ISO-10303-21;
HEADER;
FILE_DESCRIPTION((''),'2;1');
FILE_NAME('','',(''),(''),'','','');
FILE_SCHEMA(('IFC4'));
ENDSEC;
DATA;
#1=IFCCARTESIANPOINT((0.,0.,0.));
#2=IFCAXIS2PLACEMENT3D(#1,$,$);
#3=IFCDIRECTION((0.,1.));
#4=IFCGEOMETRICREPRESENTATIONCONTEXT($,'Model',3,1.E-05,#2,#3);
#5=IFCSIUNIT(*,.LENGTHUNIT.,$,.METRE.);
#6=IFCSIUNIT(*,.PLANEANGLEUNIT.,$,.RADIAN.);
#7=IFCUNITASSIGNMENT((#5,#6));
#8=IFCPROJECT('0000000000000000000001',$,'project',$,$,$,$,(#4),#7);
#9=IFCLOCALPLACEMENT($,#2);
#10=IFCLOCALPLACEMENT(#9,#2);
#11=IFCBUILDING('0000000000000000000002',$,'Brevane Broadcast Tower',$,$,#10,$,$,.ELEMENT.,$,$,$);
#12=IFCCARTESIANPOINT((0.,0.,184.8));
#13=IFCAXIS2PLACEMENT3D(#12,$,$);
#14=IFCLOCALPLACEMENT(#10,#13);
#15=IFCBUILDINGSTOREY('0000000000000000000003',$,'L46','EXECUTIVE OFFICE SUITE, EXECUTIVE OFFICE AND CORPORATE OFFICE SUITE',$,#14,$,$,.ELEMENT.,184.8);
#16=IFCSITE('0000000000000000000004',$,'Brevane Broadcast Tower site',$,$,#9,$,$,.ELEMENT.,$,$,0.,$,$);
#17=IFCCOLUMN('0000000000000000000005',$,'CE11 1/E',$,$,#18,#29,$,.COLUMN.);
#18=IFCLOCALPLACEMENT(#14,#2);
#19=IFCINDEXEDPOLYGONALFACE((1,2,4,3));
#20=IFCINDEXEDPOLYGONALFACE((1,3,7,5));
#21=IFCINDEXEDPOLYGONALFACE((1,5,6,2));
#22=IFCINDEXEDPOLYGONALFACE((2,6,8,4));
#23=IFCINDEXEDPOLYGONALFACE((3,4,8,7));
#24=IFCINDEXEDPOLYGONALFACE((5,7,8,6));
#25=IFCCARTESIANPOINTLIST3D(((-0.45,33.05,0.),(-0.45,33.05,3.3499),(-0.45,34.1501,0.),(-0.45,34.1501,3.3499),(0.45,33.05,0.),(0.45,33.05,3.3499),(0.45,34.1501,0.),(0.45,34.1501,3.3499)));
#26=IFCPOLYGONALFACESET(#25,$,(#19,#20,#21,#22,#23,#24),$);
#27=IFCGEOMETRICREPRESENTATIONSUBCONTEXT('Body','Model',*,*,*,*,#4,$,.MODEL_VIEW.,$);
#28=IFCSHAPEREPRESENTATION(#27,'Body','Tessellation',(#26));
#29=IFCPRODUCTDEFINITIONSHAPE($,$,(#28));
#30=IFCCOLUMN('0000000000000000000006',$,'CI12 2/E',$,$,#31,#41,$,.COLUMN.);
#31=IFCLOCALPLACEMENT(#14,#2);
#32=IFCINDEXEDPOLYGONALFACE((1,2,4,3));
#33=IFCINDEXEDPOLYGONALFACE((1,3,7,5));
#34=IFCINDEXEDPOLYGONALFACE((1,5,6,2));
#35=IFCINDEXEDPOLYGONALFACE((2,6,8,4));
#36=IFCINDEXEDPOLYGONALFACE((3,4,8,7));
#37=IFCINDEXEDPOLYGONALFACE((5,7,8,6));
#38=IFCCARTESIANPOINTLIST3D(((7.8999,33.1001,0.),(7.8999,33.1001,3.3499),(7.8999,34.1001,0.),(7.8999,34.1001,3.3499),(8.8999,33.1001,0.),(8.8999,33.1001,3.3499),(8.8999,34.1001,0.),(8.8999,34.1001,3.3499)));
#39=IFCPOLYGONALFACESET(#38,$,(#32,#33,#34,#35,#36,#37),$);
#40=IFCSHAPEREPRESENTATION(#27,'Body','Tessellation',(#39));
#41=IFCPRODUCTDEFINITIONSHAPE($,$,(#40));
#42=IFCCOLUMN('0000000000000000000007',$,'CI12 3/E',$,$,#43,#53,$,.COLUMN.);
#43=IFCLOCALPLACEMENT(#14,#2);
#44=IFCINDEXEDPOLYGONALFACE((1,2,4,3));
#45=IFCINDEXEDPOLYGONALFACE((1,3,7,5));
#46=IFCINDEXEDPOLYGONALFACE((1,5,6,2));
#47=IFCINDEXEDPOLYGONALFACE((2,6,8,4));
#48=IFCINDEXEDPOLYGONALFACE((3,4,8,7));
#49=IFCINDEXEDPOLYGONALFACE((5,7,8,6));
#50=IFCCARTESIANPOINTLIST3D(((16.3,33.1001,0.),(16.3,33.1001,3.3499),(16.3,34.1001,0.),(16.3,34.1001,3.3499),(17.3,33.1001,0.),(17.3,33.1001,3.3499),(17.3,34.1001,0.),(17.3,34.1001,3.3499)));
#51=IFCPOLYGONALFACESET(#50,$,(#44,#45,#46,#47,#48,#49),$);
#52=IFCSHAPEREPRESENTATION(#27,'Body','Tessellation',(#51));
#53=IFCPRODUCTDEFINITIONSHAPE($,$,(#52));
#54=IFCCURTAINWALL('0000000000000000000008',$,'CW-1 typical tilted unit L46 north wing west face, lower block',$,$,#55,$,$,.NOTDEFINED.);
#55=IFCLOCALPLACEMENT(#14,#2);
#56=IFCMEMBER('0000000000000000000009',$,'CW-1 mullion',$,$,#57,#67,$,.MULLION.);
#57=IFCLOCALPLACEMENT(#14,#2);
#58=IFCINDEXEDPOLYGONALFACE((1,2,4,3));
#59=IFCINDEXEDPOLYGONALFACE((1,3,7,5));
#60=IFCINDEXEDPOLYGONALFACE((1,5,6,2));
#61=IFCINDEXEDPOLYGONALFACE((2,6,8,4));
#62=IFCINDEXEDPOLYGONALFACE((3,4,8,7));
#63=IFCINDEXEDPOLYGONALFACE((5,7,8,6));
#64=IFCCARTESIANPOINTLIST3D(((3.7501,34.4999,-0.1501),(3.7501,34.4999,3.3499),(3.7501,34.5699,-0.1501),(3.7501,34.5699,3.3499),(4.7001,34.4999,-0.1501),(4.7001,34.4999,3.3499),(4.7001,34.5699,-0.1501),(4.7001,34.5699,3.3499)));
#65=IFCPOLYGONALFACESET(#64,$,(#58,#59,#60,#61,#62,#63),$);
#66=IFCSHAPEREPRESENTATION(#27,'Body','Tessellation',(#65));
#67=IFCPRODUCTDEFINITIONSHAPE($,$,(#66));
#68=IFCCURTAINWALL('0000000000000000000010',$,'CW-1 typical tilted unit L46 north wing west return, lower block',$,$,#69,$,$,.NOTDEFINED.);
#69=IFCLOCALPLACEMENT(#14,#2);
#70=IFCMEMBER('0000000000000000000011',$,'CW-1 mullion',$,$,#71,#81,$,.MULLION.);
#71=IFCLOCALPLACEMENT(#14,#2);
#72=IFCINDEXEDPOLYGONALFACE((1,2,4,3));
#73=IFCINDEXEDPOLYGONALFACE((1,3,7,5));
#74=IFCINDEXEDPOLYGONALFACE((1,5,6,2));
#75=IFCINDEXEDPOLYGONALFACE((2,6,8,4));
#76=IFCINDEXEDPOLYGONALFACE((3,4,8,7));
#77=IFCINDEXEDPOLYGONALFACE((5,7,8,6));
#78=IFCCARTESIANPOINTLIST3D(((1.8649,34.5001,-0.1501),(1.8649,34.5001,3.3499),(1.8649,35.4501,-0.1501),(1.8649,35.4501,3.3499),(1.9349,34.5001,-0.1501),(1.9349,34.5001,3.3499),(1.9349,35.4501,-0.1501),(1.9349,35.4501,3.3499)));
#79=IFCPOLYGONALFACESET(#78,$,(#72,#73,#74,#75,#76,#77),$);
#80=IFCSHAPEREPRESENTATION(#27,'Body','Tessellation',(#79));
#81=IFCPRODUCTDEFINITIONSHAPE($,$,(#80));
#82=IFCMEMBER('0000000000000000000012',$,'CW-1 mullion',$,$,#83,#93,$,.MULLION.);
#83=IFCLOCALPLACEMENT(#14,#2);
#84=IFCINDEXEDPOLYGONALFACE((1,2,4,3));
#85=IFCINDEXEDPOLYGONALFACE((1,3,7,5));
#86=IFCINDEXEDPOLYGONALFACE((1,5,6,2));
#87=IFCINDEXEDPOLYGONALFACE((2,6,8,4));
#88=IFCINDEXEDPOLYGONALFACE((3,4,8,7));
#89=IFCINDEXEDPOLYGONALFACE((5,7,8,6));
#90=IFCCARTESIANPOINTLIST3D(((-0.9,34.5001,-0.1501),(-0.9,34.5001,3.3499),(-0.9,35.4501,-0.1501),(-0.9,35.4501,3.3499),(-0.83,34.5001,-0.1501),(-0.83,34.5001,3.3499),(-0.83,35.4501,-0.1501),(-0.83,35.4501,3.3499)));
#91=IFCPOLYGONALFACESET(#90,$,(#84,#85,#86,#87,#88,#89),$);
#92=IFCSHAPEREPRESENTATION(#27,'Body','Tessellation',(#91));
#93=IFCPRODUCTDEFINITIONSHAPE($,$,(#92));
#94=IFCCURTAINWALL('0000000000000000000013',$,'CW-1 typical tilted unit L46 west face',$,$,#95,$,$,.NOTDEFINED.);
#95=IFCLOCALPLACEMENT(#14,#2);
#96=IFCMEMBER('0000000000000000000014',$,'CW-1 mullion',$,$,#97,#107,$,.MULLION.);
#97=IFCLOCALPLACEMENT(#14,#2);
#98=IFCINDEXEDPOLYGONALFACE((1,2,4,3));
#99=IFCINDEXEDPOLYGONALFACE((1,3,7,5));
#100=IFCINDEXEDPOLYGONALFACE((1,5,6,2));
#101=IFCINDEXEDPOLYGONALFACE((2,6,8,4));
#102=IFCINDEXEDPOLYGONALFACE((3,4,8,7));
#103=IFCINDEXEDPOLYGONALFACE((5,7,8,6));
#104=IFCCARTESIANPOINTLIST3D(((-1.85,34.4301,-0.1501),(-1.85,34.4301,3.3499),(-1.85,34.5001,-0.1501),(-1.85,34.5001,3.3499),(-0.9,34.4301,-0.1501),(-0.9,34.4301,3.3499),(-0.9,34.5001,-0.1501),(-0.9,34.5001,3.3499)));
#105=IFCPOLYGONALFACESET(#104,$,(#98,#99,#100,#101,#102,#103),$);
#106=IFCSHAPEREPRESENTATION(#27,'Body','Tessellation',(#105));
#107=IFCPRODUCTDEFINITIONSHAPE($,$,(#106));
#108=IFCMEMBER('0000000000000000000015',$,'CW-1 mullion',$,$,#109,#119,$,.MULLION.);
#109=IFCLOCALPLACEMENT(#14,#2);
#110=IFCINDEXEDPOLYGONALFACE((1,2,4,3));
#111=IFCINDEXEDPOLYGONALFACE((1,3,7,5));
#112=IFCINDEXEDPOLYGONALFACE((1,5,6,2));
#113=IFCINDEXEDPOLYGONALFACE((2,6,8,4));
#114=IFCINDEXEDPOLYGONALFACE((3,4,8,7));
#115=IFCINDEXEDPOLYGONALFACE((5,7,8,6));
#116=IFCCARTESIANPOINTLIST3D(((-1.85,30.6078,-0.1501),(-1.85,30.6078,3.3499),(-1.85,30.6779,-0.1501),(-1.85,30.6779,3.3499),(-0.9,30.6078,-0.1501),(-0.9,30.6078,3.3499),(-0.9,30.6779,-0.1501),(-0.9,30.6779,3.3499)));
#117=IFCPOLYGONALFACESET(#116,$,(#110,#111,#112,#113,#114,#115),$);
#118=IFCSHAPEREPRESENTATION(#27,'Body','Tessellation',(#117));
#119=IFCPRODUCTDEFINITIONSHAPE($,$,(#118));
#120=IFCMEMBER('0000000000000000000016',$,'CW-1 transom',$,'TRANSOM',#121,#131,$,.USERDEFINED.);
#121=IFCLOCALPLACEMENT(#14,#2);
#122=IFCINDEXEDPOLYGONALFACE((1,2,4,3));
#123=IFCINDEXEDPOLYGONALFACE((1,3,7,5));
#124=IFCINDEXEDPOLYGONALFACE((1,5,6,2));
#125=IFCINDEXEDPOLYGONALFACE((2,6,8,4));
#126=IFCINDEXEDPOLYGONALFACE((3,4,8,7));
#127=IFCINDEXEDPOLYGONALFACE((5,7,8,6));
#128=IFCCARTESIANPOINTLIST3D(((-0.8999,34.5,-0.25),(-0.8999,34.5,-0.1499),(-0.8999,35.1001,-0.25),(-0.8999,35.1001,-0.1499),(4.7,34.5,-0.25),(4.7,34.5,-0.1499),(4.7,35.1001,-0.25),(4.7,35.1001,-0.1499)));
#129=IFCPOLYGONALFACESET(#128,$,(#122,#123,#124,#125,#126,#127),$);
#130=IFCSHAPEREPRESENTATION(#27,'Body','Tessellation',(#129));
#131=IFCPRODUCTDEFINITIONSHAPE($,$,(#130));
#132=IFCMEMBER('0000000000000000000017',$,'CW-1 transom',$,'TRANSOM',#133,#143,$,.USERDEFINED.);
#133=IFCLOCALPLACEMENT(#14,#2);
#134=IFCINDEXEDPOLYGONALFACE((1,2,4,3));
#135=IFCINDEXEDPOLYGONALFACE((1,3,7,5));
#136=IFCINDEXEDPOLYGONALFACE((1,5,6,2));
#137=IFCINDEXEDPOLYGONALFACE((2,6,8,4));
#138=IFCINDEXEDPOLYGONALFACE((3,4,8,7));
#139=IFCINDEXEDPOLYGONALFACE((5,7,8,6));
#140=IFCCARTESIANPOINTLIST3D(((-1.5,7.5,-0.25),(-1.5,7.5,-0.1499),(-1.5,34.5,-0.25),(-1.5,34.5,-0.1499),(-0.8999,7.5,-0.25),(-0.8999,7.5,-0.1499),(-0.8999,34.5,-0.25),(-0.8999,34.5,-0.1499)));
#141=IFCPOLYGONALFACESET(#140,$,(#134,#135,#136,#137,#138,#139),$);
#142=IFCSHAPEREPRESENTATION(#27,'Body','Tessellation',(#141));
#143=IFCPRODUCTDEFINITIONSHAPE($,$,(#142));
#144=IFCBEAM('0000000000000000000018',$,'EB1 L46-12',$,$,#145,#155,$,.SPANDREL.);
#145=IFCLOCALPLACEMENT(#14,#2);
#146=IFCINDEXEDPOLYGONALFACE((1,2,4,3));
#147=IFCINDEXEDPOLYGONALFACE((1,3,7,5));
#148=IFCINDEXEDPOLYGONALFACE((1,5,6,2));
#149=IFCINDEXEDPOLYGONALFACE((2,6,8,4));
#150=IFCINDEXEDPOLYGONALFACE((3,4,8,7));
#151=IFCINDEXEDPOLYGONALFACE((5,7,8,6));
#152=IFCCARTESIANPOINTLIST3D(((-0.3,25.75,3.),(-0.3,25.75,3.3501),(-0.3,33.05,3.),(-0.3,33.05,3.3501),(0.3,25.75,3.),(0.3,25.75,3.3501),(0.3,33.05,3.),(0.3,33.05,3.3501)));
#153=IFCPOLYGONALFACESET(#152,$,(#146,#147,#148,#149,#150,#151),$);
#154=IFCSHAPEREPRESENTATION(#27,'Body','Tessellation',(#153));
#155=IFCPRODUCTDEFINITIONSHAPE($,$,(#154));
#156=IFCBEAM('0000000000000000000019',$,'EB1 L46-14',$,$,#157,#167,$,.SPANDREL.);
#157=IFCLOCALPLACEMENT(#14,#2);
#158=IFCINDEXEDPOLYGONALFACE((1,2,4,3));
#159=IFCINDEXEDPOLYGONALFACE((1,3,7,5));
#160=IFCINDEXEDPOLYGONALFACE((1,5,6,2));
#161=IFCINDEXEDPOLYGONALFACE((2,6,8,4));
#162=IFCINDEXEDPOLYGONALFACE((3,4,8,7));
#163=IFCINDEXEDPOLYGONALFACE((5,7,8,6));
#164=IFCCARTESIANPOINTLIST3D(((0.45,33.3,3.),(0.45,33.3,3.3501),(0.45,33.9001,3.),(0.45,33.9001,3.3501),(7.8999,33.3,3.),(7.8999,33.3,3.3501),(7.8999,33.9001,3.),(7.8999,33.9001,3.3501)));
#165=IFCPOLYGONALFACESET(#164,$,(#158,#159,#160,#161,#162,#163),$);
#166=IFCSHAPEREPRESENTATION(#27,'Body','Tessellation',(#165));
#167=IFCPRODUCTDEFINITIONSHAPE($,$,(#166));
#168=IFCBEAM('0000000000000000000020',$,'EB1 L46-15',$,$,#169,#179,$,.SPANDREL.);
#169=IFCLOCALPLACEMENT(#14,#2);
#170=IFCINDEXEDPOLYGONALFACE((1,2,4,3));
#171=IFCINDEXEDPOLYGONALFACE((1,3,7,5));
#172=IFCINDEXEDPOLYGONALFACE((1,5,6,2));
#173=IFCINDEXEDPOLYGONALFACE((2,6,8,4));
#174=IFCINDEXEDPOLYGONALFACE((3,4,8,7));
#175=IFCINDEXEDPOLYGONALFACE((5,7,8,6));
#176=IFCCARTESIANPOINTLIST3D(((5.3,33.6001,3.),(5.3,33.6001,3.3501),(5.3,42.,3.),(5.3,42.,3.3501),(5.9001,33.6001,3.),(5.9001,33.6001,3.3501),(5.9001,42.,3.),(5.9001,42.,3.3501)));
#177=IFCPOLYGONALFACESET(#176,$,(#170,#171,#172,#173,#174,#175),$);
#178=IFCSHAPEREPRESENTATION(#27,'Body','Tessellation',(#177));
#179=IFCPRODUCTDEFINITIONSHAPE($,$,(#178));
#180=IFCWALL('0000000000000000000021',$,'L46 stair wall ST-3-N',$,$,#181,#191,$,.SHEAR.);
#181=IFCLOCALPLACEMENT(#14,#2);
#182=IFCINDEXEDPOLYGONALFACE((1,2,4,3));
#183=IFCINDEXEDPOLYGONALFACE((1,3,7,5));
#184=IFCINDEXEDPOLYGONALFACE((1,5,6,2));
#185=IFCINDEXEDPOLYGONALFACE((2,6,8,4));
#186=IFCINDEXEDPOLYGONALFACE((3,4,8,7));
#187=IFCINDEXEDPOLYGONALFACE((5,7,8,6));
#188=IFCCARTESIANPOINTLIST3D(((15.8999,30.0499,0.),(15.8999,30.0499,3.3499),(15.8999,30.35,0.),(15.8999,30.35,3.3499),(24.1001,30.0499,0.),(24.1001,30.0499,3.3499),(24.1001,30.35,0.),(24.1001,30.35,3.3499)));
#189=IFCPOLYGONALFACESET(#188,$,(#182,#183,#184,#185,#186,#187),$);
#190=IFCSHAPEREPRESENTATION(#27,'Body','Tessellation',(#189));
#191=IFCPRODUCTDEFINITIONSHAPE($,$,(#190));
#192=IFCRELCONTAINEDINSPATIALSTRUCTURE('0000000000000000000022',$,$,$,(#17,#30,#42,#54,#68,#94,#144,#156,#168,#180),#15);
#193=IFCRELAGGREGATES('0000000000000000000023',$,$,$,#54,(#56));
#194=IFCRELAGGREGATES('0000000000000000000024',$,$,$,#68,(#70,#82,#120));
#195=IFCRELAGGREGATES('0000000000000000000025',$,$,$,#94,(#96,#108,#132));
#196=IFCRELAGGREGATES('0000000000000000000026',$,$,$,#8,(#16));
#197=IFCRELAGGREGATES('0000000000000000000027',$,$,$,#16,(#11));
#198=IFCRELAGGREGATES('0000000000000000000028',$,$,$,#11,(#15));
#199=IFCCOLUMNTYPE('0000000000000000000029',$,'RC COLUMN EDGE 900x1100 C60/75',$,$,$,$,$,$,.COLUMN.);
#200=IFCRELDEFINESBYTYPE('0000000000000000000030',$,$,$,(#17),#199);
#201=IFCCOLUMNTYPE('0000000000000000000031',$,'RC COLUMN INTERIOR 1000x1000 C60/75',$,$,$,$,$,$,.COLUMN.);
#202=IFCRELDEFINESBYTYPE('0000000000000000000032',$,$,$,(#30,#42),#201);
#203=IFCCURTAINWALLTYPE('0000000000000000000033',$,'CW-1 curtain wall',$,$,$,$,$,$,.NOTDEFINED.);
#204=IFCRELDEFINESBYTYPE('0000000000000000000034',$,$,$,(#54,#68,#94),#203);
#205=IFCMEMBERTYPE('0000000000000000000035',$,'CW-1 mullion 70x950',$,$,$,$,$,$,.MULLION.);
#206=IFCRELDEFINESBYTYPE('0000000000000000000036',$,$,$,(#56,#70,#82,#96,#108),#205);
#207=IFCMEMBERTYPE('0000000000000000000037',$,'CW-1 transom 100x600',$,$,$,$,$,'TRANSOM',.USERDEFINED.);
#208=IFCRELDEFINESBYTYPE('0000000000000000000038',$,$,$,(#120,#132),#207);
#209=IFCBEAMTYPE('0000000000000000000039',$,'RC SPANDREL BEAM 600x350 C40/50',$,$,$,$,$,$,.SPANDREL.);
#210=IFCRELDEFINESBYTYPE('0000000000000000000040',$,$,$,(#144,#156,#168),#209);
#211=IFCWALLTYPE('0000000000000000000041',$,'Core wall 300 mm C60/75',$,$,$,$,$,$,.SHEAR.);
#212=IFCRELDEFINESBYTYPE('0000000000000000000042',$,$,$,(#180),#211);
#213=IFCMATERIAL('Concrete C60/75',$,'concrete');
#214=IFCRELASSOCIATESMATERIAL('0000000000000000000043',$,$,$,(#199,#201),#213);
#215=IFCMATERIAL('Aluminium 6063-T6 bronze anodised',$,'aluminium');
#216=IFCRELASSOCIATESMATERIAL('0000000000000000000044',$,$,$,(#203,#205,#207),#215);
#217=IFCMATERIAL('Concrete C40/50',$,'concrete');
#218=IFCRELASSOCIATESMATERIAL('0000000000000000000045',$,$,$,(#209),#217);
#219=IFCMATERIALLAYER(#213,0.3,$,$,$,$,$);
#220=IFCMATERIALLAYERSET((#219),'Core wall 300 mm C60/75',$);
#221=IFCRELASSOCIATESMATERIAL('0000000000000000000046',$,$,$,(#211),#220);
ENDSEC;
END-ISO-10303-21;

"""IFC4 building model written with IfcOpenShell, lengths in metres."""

from ifc_helpers import new_model, si_unit, direction, frame, frame_2d, origin, origin_2d, place, context, subcontext, project, spatial, rectangle, extrude, material, layer, layer_set, material_profile, profile_set, type_object, element, aggregate, save


model = new_model("IFC4")

# Units and contexts
model_context = context("Model", 3, precision=1e-05, world=origin(), true_north=direction((0.0, 1.0)))
body_context = subcontext(model_context, "Body", "Model", "MODEL_VIEW")
ifc_project = project(units=[si_unit("LENGTHUNIT", "METRE"), si_unit("PLANEANGLEUNIT", "RADIAN")], contexts=[model_context])

# Site, building, storey
site_placement = place(None, origin())
site = spatial("IfcSite", under=ifc_project, at=site_placement, Name="Brevane Broadcast Tower site", CompositionType="ELEMENT", RefElevation=0.0)
building_placement = place(site_placement, origin())
building = spatial("IfcBuilding", under=site, at=building_placement, Name="Brevane Broadcast Tower", CompositionType="ELEMENT")
storey_placement = place(building_placement, frame((0.0, 0.0, 184.8)))
storey = spatial("IfcBuildingStorey", under=building, at=storey_placement, Name="L46", Description="EXECUTIVE OFFICE SUITE, EXECUTIVE OFFICE AND CORPORATE OFFICE SUITE", CompositionType="ELEMENT", Elevation=184.8)

# Columns
ifc_material_1 = material(Name="Concrete C60/75", Category="concrete")
ifc_material_profile_1 = material_profile(ifc_material_1, rectangle(XDim=0.8999, YDim=1.1001, at=origin_2d()), Name="RC 900x1100")
ifc_profile_set_1 = profile_set([ifc_material_profile_1], Name="Concrete C60/75")
column_type_1 = type_object("IfcColumnType", Name="RC COLUMN EDGE 900x1100 C60/75", PredefinedType="COLUMN", material=ifc_profile_set_1)
column_placement = place(storey_placement, frame((0.0, 33.6001, 0.0), z_axis=(0.0, 0.0, 1.0), x_axis=(1.0, 0.0, 0.0)))
element("IfcColumn", 1, at=column_placement, inside=storey, type_object=column_type_1, Name="CE11 1/E", PredefinedType="COLUMN", context=body_context, shape_type="SweptSolid", body=[
    extrude(rectangle(XDim=0.8999, YDim=1.1001, at=origin_2d()), origin(), (0.0, 0.0, 1.0), 3.3499),
])
ifc_material_profile_2 = material_profile(ifc_material_1, rectangle(XDim=1.0, YDim=1.0, at=origin_2d()), Name="RC 1000x1000")
ifc_profile_set_2 = profile_set([ifc_material_profile_2], Name="Concrete C60/75")
column_type_2 = type_object("IfcColumnType", Name="RC COLUMN INTERIOR 1000x1000 C60/75", PredefinedType="COLUMN", material=ifc_profile_set_2)
for number, where, z_axis, x_axis, name in (
    (2, (8.3999, 33.6001, 0.0), (0.0, 0.0, 1.0), (1.0, 0.0, 0.0), "CI12 2/E"),
    (3, (16.8, 33.6001, 0.0), (0.0, 0.0, 1.0), (1.0, 0.0, 0.0), "CI12 3/E"),
):
    element("IfcColumn", number, at=place(storey_placement, frame(where, z_axis=z_axis, x_axis=x_axis)), inside=storey, type_object=column_type_2, Name=name, PredefinedType="COLUMN", context=body_context, shape_type="SweptSolid", body=[
        extrude(rectangle(XDim=1.0, YDim=1.0, at=origin_2d()), origin(), (0.0, 0.0, 1.0), 3.3499),
    ])

# Curtain wall, member
ifc_material_2 = material(Name="Aluminium 6063-T6 bronze anodised", Category="aluminium")
curtain_wall_type = type_object("IfcCurtainWallType", Name="CW-1 curtain wall", PredefinedType="NOTDEFINED", material=ifc_material_2)
curtain_wall_1_placement = place(storey_placement, origin())
curtain_wall_1 = element("IfcCurtainWall", 4, at=curtain_wall_1_placement, inside=storey, type_object=curtain_wall_type, Name="CW-1 typical tilted unit L46 north wing west face, lower block", PredefinedType="NOTDEFINED")
ifc_material_profile_3 = material_profile(ifc_material_2, rectangle(XDim=0.95, YDim=0.0701, at=origin_2d()), Name="RECT 70x950")
ifc_profile_set_3 = profile_set([ifc_material_profile_3], Name="Aluminium 6063-T6 bronze anodised")
member_type_1 = type_object("IfcMemberType", Name="CW-1 mullion 70x950", PredefinedType="MULLION", material=ifc_profile_set_3)
member_1_placement = place(storey_placement, frame((4.2251, 34.5349, -0.1501), z_axis=(0.0, 0.0, 1.0), x_axis=(1.0, 0.0, 0.0)))
member_1 = element("IfcMember", 5, at=member_1_placement, type_object=member_type_1, Name="CW-1 mullion", PredefinedType="MULLION", context=body_context, shape_type="SweptSolid", body=[
    extrude(rectangle(XDim=0.95, YDim=0.0701, at=origin_2d()), origin(), (0.0, 0.0, 1.0), 3.5),
])
aggregate(curtain_wall_1, [member_1])

# Curtain walls, members
curtain_wall_2_placement = place(storey_placement, origin())
curtain_wall_2 = element("IfcCurtainWall", 6, at=curtain_wall_2_placement, inside=storey, type_object=curtain_wall_type, Name="CW-1 typical tilted unit L46 north wing west return, lower block", PredefinedType="NOTDEFINED")
member_2_placement = place(storey_placement, frame((1.8999, 34.9751, -0.1501), z_axis=(0.0, 0.0, 1.0), x_axis=(0.0, -1.0, 0.0)))
member_2 = element("IfcMember", 7, at=member_2_placement, type_object=member_type_1, Name="CW-1 mullion", PredefinedType="MULLION", context=body_context, shape_type="SweptSolid", body=[
    extrude(rectangle(XDim=0.95, YDim=0.0701, at=origin_2d()), origin(), (0.0, 0.0, 1.0), 3.5),
])
member_3_placement = place(storey_placement, frame((-0.865, 34.9751, -0.1501), z_axis=(0.0, 0.0, 1.0), x_axis=(0.0, -1.0, 0.0)))
member_3 = element("IfcMember", 8, at=member_3_placement, type_object=member_type_1, Name="CW-1 mullion", PredefinedType="MULLION", context=body_context, shape_type="SweptSolid", body=[
    extrude(rectangle(XDim=0.95, YDim=0.0701, at=origin_2d()), origin(), (0.0, 0.0, 1.0), 3.5),
])
curtain_wall_3_placement = place(storey_placement, origin())
curtain_wall_3 = element("IfcCurtainWall", 9, at=curtain_wall_3_placement, inside=storey, type_object=curtain_wall_type, Name="CW-1 typical tilted unit L46 west face", PredefinedType="NOTDEFINED")
member_4_placement = place(storey_placement, frame((-1.375, 34.4651, -0.1501), z_axis=(0.0, 0.0, 1.0), x_axis=(1.0, 0.0, 0.0)))
member_4 = element("IfcMember", 10, at=member_4_placement, type_object=member_type_1, Name="CW-1 mullion", PredefinedType="MULLION", context=body_context, shape_type="SweptSolid", body=[
    extrude(rectangle(XDim=0.95, YDim=0.0701, at=origin_2d()), origin(), (0.0, 0.0, 1.0), 3.5),
])
member_5_placement = place(storey_placement, frame((-1.375, 30.6428, -0.1501), z_axis=(0.0, 0.0, 1.0), x_axis=(1.0, 0.0, 0.0)))
member_5 = element("IfcMember", 11, at=member_5_placement, type_object=member_type_1, Name="CW-1 mullion", PredefinedType="MULLION", context=body_context, shape_type="SweptSolid", body=[
    extrude(rectangle(XDim=0.95, YDim=0.0701, at=origin_2d()), origin(), (0.0, 0.0, 1.0), 3.5),
])

# Members
ifc_material_profile_4 = material_profile(ifc_material_2, rectangle(XDim=0.6001, YDim=0.1001, at=origin_2d()), Name="RECT 100x600")
ifc_profile_set_4 = profile_set([ifc_material_profile_4], Name="Aluminium 6063-T6 bronze anodised")
member_type_2 = type_object("IfcMemberType", Name="CW-1 transom 100x600", ElementType="TRANSOM", PredefinedType="USERDEFINED", material=ifc_profile_set_4)
member_6_placement = place(storey_placement, frame((4.7, 34.8, -0.2), z_axis=(-1.0, 0.0, 0.0), x_axis=(0.0, -1.0, 0.0)))
member_6 = element("IfcMember", 12, at=member_6_placement, type_object=member_type_2, Name="CW-1 transom", ObjectType="TRANSOM", PredefinedType="USERDEFINED", context=body_context, shape_type="SweptSolid", body=[
    extrude(rectangle(XDim=0.6001, YDim=0.1001, at=origin_2d()), origin(), (0.0, 0.0, 1.0), 5.5999),
])
aggregate(curtain_wall_2, [member_2, member_3, member_6])
member_7_placement = place(storey_placement, frame((-1.2, 34.5, -0.2), z_axis=(0.0, -1.0, 0.0), x_axis=(1.0, 0.0, 0.0)))
member_7 = element("IfcMember", 13, at=member_7_placement, type_object=member_type_2, Name="CW-1 transom", ObjectType="TRANSOM", PredefinedType="USERDEFINED", context=body_context, shape_type="SweptSolid", body=[
    extrude(rectangle(XDim=0.6001, YDim=0.1001, at=origin_2d()), origin(), (0.0, 0.0, 1.0), 27.0),
])
aggregate(curtain_wall_3, [member_4, member_5, member_7])

# Beams
ifc_material_3 = material(Name="Concrete C40/50", Category="concrete")
ifc_material_profile_5 = material_profile(ifc_material_3, rectangle(XDim=0.6001, YDim=0.3501, at=origin_2d()), Name="RC 600x350")
ifc_profile_set_5 = profile_set([ifc_material_profile_5], Name="Concrete C40/50")
beam_type = type_object("IfcBeamType", Name="RC SPANDREL BEAM 600x350 C40/50", PredefinedType="SPANDREL", material=ifc_profile_set_5)
beam_1_placement = place(storey_placement, frame((0.0, 33.05, 3.175), z_axis=(0.0, -1.0, 0.0), x_axis=(1.0, 0.0, 0.0)))
element("IfcBeam", 14, at=beam_1_placement, inside=storey, type_object=beam_type, Name="EB1 L46-12", PredefinedType="SPANDREL", context=body_context, shape_type="SweptSolid", body=[
    extrude(rectangle(XDim=0.6001, YDim=0.3501, at=origin_2d()), origin(), (0.0, 0.0, 1.0), 7.3),
])
beam_2_placement = place(storey_placement, frame((0.45, 33.6001, 3.175), z_axis=(1.0, 0.0, 0.0), x_axis=(0.0, 1.0, 0.0)))
element("IfcBeam", 15, at=beam_2_placement, inside=storey, type_object=beam_type, Name="EB1 L46-14", PredefinedType="SPANDREL", context=body_context, shape_type="SweptSolid", body=[
    extrude(rectangle(XDim=0.6001, YDim=0.3501, at=origin_2d()), origin(), (0.0, 0.0, 1.0), 7.45),
])
beam_3_placement = place(storey_placement, frame((5.6001, 33.6001, 3.175), z_axis=(0.0, 1.0, 0.0), x_axis=(-1.0, 0.0, 0.0)))
element("IfcBeam", 16, at=beam_3_placement, inside=storey, type_object=beam_type, Name="EB1 L46-15", PredefinedType="SPANDREL", context=body_context, shape_type="SweptSolid", body=[
    extrude(rectangle(XDim=0.6001, YDim=0.3501, at=origin_2d()), origin(), (0.0, 0.0, 1.0), 8.3999),
])

# Wall
ifc_layer_1 = layer(ifc_material_1, 0.3)
ifc_layer_set_1 = layer_set([ifc_layer_1], Name="Core wall 300 mm C60/75")
wall_type_1 = type_object("IfcWallType", Name="Core wall 300 mm C60/75", PredefinedType="SHEAR", material=ifc_layer_set_1)
wall_1_placement = place(storey_placement, frame((15.8999, 30.2, 0.0), z_axis=(0.0, 0.0, 1.0), x_axis=(1.0, 0.0, 0.0)))
element("IfcWall", 17, at=wall_1_placement, inside=storey, type_object=wall_type_1, Name="L46 stair wall ST-3-N", PredefinedType="SHEAR", context=body_context, shape_type="SweptSolid", body=[
    extrude(rectangle(XDim=8.2002, YDim=0.3, at=frame_2d((4.1001, 0.0))), origin(), (0.0, 0.0, 1.0), 3.3499),
])

save(model, "model.ifc")
